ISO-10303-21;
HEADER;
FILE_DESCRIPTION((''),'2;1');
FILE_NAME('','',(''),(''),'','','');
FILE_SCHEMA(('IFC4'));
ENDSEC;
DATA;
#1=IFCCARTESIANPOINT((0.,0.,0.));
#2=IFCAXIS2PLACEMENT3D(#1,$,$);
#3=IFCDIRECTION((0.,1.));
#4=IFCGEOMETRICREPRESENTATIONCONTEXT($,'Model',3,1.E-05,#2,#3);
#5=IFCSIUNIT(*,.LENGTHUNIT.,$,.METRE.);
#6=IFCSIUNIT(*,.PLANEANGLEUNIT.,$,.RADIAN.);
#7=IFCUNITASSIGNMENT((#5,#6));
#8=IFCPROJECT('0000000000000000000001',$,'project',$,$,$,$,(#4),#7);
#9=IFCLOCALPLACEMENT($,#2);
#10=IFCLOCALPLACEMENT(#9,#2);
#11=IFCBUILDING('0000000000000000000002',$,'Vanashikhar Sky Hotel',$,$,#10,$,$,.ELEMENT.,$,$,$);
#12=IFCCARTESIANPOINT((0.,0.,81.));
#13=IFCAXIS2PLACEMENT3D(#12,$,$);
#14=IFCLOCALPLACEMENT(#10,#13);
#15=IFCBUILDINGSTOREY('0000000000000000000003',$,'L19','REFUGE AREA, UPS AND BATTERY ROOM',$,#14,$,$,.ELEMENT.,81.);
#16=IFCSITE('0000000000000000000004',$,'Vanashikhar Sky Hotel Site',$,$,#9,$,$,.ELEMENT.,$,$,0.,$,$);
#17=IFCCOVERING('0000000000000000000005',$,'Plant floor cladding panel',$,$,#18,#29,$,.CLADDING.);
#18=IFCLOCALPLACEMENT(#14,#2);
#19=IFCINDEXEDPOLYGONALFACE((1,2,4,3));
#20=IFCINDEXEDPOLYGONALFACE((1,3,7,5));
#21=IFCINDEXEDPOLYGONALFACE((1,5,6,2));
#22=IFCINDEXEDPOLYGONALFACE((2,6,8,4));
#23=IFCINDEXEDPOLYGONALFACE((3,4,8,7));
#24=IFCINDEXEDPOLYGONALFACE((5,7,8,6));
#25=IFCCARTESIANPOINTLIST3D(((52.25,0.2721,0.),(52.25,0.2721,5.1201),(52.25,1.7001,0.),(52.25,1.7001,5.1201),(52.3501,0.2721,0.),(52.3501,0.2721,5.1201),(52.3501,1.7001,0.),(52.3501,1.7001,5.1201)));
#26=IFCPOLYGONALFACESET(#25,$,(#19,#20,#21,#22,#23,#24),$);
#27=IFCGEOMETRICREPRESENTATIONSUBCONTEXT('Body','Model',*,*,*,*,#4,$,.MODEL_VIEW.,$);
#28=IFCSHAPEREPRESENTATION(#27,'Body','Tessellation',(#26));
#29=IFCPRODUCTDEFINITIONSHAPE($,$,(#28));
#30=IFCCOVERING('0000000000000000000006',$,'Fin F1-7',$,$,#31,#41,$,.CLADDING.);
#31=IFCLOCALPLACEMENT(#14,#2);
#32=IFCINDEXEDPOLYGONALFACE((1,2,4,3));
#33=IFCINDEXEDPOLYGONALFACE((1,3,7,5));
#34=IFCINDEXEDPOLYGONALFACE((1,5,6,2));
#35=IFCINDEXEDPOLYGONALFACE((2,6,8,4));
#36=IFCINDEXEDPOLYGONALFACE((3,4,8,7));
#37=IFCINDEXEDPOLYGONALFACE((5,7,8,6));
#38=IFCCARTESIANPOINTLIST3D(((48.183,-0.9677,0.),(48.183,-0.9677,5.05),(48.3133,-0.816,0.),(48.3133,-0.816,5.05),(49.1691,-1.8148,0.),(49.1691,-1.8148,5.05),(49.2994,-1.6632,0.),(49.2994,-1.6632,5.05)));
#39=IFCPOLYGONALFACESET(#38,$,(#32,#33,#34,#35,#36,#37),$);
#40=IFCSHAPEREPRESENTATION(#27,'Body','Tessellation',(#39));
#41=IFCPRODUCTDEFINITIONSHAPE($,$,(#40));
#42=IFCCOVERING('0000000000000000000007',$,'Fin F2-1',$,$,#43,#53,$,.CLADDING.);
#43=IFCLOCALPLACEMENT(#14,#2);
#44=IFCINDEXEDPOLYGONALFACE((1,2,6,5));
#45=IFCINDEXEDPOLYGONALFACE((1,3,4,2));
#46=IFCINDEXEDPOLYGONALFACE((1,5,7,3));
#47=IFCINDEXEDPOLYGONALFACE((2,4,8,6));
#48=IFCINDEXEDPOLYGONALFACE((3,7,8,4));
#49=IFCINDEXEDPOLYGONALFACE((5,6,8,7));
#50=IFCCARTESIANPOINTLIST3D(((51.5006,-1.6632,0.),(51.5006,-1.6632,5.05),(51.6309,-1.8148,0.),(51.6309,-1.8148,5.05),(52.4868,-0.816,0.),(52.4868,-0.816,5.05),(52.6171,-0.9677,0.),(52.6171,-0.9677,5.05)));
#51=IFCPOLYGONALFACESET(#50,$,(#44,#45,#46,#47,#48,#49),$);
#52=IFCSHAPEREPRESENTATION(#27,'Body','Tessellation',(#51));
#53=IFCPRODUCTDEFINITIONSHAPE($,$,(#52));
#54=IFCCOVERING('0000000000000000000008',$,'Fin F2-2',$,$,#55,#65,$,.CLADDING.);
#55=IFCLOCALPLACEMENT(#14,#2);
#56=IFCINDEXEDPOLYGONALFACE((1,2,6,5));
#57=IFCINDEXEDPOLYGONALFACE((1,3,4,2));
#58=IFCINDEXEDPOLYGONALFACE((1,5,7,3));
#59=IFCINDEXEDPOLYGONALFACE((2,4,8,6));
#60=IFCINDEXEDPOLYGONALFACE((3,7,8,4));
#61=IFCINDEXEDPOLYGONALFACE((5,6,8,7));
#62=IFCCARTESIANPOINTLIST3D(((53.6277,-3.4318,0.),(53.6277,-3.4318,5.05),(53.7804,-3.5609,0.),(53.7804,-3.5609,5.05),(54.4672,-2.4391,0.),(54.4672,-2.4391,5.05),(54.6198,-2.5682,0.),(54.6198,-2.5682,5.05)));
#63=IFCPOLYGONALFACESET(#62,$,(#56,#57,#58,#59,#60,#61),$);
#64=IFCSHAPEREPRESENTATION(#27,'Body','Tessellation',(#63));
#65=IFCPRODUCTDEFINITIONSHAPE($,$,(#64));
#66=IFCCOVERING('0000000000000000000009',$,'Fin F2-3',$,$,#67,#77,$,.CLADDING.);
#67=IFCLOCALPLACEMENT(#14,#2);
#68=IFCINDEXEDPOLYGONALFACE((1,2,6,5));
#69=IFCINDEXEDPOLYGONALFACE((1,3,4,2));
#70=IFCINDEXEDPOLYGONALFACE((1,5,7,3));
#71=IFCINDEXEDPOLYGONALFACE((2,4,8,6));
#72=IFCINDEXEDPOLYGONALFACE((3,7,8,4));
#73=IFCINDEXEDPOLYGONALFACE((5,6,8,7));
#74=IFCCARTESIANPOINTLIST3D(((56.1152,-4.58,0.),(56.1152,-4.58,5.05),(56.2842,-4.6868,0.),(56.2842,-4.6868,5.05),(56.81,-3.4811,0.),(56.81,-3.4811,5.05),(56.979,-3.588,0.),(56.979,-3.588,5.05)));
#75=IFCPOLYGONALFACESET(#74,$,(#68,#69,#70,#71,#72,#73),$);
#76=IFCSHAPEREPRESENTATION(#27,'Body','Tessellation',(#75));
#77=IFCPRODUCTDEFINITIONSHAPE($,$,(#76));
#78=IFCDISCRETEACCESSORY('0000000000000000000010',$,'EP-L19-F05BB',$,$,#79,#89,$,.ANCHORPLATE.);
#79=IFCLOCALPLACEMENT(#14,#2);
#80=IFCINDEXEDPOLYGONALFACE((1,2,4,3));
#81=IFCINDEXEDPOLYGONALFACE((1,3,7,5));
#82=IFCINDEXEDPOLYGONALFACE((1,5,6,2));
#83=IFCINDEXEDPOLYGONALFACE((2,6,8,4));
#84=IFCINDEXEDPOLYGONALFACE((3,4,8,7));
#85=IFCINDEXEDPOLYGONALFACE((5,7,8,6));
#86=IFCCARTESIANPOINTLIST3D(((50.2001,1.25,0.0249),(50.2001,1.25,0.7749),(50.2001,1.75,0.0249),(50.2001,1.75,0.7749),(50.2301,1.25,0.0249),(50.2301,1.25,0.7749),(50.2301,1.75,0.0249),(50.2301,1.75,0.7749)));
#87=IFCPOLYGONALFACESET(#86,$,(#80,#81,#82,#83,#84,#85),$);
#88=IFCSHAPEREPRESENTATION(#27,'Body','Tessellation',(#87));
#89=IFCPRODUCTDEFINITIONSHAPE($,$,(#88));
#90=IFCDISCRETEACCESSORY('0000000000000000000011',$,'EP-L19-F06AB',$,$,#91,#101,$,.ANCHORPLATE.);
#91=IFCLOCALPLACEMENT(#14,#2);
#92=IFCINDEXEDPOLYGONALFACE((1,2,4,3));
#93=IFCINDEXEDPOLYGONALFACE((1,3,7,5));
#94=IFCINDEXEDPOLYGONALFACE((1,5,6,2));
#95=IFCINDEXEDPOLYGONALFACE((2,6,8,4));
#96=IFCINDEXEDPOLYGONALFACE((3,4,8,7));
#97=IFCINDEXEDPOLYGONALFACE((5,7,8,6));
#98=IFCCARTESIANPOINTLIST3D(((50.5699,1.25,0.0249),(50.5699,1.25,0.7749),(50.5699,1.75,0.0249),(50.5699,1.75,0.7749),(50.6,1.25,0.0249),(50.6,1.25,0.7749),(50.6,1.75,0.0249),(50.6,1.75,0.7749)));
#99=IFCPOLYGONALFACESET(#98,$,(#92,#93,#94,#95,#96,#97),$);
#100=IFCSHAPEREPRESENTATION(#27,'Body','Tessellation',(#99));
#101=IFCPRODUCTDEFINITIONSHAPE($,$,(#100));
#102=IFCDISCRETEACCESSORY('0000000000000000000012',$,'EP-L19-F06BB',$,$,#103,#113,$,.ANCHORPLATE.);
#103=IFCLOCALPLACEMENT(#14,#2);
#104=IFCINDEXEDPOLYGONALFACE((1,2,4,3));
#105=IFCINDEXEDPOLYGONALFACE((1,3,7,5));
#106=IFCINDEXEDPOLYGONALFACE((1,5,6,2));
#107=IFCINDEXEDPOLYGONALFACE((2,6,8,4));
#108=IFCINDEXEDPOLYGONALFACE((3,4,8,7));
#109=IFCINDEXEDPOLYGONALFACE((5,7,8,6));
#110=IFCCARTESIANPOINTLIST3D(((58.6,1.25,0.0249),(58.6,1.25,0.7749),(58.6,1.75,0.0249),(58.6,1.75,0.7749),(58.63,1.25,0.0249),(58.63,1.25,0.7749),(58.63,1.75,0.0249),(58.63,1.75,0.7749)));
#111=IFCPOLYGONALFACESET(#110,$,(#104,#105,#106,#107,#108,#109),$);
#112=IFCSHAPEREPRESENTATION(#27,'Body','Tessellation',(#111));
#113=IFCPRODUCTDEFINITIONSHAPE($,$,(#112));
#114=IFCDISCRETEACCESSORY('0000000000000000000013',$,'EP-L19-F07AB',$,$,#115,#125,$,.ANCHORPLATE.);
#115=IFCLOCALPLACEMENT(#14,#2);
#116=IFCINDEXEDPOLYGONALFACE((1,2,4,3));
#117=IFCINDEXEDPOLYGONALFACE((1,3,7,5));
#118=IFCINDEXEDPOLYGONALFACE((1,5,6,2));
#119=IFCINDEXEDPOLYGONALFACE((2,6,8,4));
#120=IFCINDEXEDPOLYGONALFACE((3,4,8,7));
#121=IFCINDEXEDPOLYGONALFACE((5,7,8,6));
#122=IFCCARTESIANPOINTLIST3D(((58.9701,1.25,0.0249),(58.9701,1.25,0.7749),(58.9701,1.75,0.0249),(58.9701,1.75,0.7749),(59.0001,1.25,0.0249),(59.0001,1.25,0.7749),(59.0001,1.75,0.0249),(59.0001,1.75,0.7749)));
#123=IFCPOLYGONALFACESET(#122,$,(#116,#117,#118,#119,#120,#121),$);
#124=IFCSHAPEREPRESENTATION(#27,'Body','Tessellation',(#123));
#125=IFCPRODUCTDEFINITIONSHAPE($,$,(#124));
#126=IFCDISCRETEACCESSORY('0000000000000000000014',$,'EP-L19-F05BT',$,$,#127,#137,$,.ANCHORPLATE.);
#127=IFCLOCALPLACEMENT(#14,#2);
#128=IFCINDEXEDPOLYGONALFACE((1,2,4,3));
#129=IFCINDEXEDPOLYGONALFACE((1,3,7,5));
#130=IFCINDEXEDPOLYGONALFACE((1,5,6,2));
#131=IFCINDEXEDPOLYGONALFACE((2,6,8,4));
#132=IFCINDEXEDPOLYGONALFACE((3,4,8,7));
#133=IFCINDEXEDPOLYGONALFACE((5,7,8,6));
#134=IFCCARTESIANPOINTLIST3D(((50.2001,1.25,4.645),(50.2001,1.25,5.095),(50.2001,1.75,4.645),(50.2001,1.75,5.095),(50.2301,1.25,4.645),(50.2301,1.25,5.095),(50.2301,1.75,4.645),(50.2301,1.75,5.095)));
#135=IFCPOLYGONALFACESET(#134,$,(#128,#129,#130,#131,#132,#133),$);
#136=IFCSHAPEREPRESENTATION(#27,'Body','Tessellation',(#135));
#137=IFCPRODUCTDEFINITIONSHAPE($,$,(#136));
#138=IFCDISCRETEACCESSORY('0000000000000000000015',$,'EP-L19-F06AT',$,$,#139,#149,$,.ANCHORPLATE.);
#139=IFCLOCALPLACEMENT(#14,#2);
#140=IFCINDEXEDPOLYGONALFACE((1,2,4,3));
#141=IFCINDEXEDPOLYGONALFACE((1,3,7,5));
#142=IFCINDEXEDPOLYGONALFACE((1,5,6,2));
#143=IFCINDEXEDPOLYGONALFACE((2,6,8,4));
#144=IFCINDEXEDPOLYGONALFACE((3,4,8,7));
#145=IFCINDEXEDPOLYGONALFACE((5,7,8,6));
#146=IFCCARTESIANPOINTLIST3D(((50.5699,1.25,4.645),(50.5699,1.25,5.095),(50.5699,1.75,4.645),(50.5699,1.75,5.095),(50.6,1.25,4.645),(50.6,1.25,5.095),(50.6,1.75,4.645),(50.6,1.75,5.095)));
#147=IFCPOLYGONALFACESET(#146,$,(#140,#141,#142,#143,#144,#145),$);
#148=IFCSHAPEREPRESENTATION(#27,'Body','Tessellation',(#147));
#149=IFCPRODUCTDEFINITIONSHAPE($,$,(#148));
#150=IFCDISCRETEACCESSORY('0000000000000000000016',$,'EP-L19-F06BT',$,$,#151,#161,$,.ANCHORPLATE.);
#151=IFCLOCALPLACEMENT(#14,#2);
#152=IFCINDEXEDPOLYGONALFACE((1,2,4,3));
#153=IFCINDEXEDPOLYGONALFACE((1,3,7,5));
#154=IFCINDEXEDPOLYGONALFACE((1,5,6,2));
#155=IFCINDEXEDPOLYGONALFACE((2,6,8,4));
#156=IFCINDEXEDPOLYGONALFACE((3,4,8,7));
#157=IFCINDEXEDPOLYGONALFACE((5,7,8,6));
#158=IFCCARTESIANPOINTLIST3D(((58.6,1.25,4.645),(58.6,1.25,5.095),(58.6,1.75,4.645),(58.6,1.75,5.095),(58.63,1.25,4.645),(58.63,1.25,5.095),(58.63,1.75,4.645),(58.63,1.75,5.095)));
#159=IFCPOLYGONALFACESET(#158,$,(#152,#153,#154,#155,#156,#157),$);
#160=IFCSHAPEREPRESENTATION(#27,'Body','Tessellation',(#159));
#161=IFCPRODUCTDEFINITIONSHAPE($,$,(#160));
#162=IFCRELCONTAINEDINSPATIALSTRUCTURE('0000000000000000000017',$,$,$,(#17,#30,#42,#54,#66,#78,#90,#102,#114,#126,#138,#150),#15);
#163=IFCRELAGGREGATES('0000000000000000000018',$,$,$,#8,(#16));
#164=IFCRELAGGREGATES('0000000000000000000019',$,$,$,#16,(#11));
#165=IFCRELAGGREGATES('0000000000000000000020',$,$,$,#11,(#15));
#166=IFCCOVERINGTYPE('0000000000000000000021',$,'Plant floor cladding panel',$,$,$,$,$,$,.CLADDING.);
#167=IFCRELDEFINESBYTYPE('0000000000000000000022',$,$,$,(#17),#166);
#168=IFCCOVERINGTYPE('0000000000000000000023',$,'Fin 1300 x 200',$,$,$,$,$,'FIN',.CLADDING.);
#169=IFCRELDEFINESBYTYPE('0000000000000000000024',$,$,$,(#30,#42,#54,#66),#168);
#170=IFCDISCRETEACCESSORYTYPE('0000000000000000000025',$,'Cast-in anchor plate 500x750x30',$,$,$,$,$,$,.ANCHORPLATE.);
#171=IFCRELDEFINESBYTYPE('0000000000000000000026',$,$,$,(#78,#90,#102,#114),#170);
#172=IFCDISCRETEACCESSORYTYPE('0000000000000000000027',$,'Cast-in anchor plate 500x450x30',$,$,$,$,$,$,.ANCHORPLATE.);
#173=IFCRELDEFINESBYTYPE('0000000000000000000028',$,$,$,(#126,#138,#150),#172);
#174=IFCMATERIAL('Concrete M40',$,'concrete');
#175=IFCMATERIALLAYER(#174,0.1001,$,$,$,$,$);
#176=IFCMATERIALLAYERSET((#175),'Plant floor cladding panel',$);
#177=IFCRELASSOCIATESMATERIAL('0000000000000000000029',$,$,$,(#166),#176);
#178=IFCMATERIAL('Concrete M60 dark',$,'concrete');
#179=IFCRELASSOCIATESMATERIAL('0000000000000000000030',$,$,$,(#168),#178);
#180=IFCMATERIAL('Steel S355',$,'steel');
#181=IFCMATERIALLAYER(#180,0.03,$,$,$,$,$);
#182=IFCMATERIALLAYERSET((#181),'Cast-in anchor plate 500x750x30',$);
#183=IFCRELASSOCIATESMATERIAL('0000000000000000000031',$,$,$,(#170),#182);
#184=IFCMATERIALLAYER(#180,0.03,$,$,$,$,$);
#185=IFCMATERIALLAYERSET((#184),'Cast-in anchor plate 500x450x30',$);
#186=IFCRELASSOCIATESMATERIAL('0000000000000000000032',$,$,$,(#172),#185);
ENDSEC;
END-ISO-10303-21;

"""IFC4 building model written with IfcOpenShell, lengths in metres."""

from ifc_helpers import new_model, si_unit, direction, frame, origin, origin_2d, place, context, subcontext, project, spatial, rectangle, extrude, source, transform, mapped, material, layer, layer_set, material_profile, profile_set, type_object, element, save


model = new_model("IFC4")

# Units and contexts
model_context = context("Model", 3, precision=1e-05, world=origin(), true_north=direction((0.0, 1.0)))
body_context = subcontext(model_context, "Body", "Model", "MODEL_VIEW")
ifc_project = project(units=[si_unit("LENGTHUNIT", "METRE"), si_unit("PLANEANGLEUNIT", "RADIAN")], contexts=[model_context])

# Site, building, storey
site_placement = place(None, origin())
site = spatial("IfcSite", under=ifc_project, at=site_placement, Name="Vanashikhar Sky Hotel Site", CompositionType="ELEMENT", RefElevation=0.0)
building_placement = place(site_placement, origin())
building = spatial("IfcBuilding", under=site, at=building_placement, Name="Vanashikhar Sky Hotel", CompositionType="ELEMENT")
storey_placement = place(building_placement, frame((0.0, 0.0, 81.0)))
storey = spatial("IfcBuildingStorey", under=building, at=storey_placement, Name="L19", Description="REFUGE AREA, UPS AND BATTERY ROOM", CompositionType="ELEMENT", Elevation=81.0)

# Shared definitions
ifc_material_1 = material(Name="Steel S355", Category="steel")

# Coverings
ifc_material_2 = material(Name="Concrete M40", Category="concrete")
ifc_layer_1 = layer(ifc_material_2, 0.1001)
ifc_layer_set_1 = layer_set([ifc_layer_1], Name="Plant floor cladding panel")
covering_type_1 = type_object("IfcCoveringType", Name="Plant floor cladding panel", PredefinedType="CLADDING", material=ifc_layer_set_1)
shared_shape_1 = source(origin(), body_context, "Body", "SweptSolid", [
    extrude(rectangle(XDim=1.428, YDim=0.1001, at=origin_2d()), origin(), (0.0, 0.0, 1.0), 5.1201),
])
for number, where, z_axis, x_axis, name in (
    (1, (52.3, 0.9861, 0.0), (0.0, 0.0, 1.0), (0.0, -1.0, 0.0), "Plant floor cladding panel"),
):
    element("IfcCovering", number, at=place(storey_placement, frame(where, z_axis=z_axis, x_axis=x_axis)), inside=storey, type_object=covering_type_1, Name=name, PredefinedType="CLADDING", context=body_context, shape_type="MappedRepresentation", body=[
        mapped(shared_shape_1, transform((0.0, 0.0, 0.0), scale=1.0)),
    ])
ifc_material_3 = material(Name="Concrete M60 dark", Category="concrete")
ifc_material_profile_1 = material_profile(ifc_material_3, rectangle(XDim=1.3, YDim=0.2, at=origin_2d()))
ifc_profile_set_1 = profile_set([ifc_material_profile_1], Name="Fin 1300 x 200")
covering_type_2 = type_object("IfcCoveringType", Name="Fin 1300 x 200", ElementType="FIN", PredefinedType="CLADDING", material=ifc_profile_set_1)
shared_shape_2 = source(origin(), body_context, "Body", "SweptSolid", [
    extrude(rectangle(XDim=1.3, YDim=0.2, at=origin_2d()), origin(), (0.0, 0.0, 1.0), 5.05),
])
for number, where, z_axis, x_axis, name in (
    (2, (48.7412, -1.3154, 0.0), (0.0, 0.0, 1.0), (0.758544, -0.651622, 0.0), "Fin F1-7"),
    (3, (52.0588, -1.3154, 0.0), (0.0, 0.0, 1.0), (-0.758544, -0.651622, 0.0), "Fin F2-1"),
    (4, (54.1238, -3.0, 0.0), (0.0, 0.0, 1.0), (-0.645698, -0.763593, 0.0), "Fin F2-2"),
    (5, (56.5471, -4.084, 0.0), (0.0, 0.0, 1.0), (-0.534411, -0.845225, 0.0), "Fin F2-3"),
):
    element("IfcCovering", number, at=place(storey_placement, frame(where, z_axis=z_axis, x_axis=x_axis)), inside=storey, type_object=covering_type_2, Name=name, PredefinedType="CLADDING", context=body_context, shape_type="MappedRepresentation", body=[
        mapped(shared_shape_2, transform((0.0, 0.0, 0.0), scale=1.0)),
    ])

# Discrete accessories
ifc_layer_2 = layer(ifc_material_1, 0.03)
ifc_layer_set_2 = layer_set([ifc_layer_2], Name="Cast-in anchor plate 500x750x30")
discrete_accessory_type_1 = type_object("IfcDiscreteAccessoryType", Name="Cast-in anchor plate 500x750x30", PredefinedType="ANCHORPLATE", material=ifc_layer_set_2)
shared_shape_3 = source(origin(), body_context, "Body", "SweptSolid", [
    extrude(rectangle(XDim=0.03, YDim=0.5, at=origin_2d()), origin(), (0.0, 0.0, 1.0), 0.75),
])
for number, where, z_axis, x_axis, name in (
    (6, (50.2151, 1.5, 0.0249), (0.0, 0.0, 1.0), (1.0, 0.0, 0.0), "EP-L19-F05BB"),
    (7, (50.585, 1.5, 0.0249), (0.0, 0.0, 1.0), (1.0, 0.0, 0.0), "EP-L19-F06AB"),
    (8, (58.615, 1.5, 0.0249), (0.0, 0.0, 1.0), (1.0, 0.0, 0.0), "EP-L19-F06BB"),
    (9, (58.9851, 1.5, 0.0249), (0.0, 0.0, 1.0), (1.0, 0.0, 0.0), "EP-L19-F07AB"),
):
    element("IfcDiscreteAccessory", number, at=place(storey_placement, frame(where, z_axis=z_axis, x_axis=x_axis)), inside=storey, type_object=discrete_accessory_type_1, Name=name, PredefinedType="ANCHORPLATE", context=body_context, shape_type="MappedRepresentation", body=[
        mapped(shared_shape_3, transform((0.0, 0.0, 0.0), scale=1.0)),
    ])
ifc_layer_3 = layer(ifc_material_1, 0.03)
ifc_layer_set_3 = layer_set([ifc_layer_3], Name="Cast-in anchor plate 500x450x30")
discrete_accessory_type_2 = type_object("IfcDiscreteAccessoryType", Name="Cast-in anchor plate 500x450x30", PredefinedType="ANCHORPLATE", material=ifc_layer_set_3)
shared_shape_4 = source(origin(), body_context, "Body", "SweptSolid", [
    extrude(rectangle(XDim=0.03, YDim=0.5, at=origin_2d()), origin(), (0.0, 0.0, 1.0), 0.45),
])
for number, where, z_axis, x_axis, name in (
    (10, (50.2151, 1.5, 4.645), (0.0, 0.0, 1.0), (1.0, 0.0, 0.0), "EP-L19-F05BT"),
    (11, (50.585, 1.5, 4.645), (0.0, 0.0, 1.0), (1.0, 0.0, 0.0), "EP-L19-F06AT"),
    (12, (58.615, 1.5, 4.645), (0.0, 0.0, 1.0), (1.0, 0.0, 0.0), "EP-L19-F06BT"),
):
    element("IfcDiscreteAccessory", number, at=place(storey_placement, frame(where, z_axis=z_axis, x_axis=x_axis)), inside=storey, type_object=discrete_accessory_type_2, Name=name, PredefinedType="ANCHORPLATE", context=body_context, shape_type="MappedRepresentation", body=[
        mapped(shared_shape_4, transform((0.0, 0.0, 0.0), scale=1.0)),
    ])

save(model, "model.ifc")
